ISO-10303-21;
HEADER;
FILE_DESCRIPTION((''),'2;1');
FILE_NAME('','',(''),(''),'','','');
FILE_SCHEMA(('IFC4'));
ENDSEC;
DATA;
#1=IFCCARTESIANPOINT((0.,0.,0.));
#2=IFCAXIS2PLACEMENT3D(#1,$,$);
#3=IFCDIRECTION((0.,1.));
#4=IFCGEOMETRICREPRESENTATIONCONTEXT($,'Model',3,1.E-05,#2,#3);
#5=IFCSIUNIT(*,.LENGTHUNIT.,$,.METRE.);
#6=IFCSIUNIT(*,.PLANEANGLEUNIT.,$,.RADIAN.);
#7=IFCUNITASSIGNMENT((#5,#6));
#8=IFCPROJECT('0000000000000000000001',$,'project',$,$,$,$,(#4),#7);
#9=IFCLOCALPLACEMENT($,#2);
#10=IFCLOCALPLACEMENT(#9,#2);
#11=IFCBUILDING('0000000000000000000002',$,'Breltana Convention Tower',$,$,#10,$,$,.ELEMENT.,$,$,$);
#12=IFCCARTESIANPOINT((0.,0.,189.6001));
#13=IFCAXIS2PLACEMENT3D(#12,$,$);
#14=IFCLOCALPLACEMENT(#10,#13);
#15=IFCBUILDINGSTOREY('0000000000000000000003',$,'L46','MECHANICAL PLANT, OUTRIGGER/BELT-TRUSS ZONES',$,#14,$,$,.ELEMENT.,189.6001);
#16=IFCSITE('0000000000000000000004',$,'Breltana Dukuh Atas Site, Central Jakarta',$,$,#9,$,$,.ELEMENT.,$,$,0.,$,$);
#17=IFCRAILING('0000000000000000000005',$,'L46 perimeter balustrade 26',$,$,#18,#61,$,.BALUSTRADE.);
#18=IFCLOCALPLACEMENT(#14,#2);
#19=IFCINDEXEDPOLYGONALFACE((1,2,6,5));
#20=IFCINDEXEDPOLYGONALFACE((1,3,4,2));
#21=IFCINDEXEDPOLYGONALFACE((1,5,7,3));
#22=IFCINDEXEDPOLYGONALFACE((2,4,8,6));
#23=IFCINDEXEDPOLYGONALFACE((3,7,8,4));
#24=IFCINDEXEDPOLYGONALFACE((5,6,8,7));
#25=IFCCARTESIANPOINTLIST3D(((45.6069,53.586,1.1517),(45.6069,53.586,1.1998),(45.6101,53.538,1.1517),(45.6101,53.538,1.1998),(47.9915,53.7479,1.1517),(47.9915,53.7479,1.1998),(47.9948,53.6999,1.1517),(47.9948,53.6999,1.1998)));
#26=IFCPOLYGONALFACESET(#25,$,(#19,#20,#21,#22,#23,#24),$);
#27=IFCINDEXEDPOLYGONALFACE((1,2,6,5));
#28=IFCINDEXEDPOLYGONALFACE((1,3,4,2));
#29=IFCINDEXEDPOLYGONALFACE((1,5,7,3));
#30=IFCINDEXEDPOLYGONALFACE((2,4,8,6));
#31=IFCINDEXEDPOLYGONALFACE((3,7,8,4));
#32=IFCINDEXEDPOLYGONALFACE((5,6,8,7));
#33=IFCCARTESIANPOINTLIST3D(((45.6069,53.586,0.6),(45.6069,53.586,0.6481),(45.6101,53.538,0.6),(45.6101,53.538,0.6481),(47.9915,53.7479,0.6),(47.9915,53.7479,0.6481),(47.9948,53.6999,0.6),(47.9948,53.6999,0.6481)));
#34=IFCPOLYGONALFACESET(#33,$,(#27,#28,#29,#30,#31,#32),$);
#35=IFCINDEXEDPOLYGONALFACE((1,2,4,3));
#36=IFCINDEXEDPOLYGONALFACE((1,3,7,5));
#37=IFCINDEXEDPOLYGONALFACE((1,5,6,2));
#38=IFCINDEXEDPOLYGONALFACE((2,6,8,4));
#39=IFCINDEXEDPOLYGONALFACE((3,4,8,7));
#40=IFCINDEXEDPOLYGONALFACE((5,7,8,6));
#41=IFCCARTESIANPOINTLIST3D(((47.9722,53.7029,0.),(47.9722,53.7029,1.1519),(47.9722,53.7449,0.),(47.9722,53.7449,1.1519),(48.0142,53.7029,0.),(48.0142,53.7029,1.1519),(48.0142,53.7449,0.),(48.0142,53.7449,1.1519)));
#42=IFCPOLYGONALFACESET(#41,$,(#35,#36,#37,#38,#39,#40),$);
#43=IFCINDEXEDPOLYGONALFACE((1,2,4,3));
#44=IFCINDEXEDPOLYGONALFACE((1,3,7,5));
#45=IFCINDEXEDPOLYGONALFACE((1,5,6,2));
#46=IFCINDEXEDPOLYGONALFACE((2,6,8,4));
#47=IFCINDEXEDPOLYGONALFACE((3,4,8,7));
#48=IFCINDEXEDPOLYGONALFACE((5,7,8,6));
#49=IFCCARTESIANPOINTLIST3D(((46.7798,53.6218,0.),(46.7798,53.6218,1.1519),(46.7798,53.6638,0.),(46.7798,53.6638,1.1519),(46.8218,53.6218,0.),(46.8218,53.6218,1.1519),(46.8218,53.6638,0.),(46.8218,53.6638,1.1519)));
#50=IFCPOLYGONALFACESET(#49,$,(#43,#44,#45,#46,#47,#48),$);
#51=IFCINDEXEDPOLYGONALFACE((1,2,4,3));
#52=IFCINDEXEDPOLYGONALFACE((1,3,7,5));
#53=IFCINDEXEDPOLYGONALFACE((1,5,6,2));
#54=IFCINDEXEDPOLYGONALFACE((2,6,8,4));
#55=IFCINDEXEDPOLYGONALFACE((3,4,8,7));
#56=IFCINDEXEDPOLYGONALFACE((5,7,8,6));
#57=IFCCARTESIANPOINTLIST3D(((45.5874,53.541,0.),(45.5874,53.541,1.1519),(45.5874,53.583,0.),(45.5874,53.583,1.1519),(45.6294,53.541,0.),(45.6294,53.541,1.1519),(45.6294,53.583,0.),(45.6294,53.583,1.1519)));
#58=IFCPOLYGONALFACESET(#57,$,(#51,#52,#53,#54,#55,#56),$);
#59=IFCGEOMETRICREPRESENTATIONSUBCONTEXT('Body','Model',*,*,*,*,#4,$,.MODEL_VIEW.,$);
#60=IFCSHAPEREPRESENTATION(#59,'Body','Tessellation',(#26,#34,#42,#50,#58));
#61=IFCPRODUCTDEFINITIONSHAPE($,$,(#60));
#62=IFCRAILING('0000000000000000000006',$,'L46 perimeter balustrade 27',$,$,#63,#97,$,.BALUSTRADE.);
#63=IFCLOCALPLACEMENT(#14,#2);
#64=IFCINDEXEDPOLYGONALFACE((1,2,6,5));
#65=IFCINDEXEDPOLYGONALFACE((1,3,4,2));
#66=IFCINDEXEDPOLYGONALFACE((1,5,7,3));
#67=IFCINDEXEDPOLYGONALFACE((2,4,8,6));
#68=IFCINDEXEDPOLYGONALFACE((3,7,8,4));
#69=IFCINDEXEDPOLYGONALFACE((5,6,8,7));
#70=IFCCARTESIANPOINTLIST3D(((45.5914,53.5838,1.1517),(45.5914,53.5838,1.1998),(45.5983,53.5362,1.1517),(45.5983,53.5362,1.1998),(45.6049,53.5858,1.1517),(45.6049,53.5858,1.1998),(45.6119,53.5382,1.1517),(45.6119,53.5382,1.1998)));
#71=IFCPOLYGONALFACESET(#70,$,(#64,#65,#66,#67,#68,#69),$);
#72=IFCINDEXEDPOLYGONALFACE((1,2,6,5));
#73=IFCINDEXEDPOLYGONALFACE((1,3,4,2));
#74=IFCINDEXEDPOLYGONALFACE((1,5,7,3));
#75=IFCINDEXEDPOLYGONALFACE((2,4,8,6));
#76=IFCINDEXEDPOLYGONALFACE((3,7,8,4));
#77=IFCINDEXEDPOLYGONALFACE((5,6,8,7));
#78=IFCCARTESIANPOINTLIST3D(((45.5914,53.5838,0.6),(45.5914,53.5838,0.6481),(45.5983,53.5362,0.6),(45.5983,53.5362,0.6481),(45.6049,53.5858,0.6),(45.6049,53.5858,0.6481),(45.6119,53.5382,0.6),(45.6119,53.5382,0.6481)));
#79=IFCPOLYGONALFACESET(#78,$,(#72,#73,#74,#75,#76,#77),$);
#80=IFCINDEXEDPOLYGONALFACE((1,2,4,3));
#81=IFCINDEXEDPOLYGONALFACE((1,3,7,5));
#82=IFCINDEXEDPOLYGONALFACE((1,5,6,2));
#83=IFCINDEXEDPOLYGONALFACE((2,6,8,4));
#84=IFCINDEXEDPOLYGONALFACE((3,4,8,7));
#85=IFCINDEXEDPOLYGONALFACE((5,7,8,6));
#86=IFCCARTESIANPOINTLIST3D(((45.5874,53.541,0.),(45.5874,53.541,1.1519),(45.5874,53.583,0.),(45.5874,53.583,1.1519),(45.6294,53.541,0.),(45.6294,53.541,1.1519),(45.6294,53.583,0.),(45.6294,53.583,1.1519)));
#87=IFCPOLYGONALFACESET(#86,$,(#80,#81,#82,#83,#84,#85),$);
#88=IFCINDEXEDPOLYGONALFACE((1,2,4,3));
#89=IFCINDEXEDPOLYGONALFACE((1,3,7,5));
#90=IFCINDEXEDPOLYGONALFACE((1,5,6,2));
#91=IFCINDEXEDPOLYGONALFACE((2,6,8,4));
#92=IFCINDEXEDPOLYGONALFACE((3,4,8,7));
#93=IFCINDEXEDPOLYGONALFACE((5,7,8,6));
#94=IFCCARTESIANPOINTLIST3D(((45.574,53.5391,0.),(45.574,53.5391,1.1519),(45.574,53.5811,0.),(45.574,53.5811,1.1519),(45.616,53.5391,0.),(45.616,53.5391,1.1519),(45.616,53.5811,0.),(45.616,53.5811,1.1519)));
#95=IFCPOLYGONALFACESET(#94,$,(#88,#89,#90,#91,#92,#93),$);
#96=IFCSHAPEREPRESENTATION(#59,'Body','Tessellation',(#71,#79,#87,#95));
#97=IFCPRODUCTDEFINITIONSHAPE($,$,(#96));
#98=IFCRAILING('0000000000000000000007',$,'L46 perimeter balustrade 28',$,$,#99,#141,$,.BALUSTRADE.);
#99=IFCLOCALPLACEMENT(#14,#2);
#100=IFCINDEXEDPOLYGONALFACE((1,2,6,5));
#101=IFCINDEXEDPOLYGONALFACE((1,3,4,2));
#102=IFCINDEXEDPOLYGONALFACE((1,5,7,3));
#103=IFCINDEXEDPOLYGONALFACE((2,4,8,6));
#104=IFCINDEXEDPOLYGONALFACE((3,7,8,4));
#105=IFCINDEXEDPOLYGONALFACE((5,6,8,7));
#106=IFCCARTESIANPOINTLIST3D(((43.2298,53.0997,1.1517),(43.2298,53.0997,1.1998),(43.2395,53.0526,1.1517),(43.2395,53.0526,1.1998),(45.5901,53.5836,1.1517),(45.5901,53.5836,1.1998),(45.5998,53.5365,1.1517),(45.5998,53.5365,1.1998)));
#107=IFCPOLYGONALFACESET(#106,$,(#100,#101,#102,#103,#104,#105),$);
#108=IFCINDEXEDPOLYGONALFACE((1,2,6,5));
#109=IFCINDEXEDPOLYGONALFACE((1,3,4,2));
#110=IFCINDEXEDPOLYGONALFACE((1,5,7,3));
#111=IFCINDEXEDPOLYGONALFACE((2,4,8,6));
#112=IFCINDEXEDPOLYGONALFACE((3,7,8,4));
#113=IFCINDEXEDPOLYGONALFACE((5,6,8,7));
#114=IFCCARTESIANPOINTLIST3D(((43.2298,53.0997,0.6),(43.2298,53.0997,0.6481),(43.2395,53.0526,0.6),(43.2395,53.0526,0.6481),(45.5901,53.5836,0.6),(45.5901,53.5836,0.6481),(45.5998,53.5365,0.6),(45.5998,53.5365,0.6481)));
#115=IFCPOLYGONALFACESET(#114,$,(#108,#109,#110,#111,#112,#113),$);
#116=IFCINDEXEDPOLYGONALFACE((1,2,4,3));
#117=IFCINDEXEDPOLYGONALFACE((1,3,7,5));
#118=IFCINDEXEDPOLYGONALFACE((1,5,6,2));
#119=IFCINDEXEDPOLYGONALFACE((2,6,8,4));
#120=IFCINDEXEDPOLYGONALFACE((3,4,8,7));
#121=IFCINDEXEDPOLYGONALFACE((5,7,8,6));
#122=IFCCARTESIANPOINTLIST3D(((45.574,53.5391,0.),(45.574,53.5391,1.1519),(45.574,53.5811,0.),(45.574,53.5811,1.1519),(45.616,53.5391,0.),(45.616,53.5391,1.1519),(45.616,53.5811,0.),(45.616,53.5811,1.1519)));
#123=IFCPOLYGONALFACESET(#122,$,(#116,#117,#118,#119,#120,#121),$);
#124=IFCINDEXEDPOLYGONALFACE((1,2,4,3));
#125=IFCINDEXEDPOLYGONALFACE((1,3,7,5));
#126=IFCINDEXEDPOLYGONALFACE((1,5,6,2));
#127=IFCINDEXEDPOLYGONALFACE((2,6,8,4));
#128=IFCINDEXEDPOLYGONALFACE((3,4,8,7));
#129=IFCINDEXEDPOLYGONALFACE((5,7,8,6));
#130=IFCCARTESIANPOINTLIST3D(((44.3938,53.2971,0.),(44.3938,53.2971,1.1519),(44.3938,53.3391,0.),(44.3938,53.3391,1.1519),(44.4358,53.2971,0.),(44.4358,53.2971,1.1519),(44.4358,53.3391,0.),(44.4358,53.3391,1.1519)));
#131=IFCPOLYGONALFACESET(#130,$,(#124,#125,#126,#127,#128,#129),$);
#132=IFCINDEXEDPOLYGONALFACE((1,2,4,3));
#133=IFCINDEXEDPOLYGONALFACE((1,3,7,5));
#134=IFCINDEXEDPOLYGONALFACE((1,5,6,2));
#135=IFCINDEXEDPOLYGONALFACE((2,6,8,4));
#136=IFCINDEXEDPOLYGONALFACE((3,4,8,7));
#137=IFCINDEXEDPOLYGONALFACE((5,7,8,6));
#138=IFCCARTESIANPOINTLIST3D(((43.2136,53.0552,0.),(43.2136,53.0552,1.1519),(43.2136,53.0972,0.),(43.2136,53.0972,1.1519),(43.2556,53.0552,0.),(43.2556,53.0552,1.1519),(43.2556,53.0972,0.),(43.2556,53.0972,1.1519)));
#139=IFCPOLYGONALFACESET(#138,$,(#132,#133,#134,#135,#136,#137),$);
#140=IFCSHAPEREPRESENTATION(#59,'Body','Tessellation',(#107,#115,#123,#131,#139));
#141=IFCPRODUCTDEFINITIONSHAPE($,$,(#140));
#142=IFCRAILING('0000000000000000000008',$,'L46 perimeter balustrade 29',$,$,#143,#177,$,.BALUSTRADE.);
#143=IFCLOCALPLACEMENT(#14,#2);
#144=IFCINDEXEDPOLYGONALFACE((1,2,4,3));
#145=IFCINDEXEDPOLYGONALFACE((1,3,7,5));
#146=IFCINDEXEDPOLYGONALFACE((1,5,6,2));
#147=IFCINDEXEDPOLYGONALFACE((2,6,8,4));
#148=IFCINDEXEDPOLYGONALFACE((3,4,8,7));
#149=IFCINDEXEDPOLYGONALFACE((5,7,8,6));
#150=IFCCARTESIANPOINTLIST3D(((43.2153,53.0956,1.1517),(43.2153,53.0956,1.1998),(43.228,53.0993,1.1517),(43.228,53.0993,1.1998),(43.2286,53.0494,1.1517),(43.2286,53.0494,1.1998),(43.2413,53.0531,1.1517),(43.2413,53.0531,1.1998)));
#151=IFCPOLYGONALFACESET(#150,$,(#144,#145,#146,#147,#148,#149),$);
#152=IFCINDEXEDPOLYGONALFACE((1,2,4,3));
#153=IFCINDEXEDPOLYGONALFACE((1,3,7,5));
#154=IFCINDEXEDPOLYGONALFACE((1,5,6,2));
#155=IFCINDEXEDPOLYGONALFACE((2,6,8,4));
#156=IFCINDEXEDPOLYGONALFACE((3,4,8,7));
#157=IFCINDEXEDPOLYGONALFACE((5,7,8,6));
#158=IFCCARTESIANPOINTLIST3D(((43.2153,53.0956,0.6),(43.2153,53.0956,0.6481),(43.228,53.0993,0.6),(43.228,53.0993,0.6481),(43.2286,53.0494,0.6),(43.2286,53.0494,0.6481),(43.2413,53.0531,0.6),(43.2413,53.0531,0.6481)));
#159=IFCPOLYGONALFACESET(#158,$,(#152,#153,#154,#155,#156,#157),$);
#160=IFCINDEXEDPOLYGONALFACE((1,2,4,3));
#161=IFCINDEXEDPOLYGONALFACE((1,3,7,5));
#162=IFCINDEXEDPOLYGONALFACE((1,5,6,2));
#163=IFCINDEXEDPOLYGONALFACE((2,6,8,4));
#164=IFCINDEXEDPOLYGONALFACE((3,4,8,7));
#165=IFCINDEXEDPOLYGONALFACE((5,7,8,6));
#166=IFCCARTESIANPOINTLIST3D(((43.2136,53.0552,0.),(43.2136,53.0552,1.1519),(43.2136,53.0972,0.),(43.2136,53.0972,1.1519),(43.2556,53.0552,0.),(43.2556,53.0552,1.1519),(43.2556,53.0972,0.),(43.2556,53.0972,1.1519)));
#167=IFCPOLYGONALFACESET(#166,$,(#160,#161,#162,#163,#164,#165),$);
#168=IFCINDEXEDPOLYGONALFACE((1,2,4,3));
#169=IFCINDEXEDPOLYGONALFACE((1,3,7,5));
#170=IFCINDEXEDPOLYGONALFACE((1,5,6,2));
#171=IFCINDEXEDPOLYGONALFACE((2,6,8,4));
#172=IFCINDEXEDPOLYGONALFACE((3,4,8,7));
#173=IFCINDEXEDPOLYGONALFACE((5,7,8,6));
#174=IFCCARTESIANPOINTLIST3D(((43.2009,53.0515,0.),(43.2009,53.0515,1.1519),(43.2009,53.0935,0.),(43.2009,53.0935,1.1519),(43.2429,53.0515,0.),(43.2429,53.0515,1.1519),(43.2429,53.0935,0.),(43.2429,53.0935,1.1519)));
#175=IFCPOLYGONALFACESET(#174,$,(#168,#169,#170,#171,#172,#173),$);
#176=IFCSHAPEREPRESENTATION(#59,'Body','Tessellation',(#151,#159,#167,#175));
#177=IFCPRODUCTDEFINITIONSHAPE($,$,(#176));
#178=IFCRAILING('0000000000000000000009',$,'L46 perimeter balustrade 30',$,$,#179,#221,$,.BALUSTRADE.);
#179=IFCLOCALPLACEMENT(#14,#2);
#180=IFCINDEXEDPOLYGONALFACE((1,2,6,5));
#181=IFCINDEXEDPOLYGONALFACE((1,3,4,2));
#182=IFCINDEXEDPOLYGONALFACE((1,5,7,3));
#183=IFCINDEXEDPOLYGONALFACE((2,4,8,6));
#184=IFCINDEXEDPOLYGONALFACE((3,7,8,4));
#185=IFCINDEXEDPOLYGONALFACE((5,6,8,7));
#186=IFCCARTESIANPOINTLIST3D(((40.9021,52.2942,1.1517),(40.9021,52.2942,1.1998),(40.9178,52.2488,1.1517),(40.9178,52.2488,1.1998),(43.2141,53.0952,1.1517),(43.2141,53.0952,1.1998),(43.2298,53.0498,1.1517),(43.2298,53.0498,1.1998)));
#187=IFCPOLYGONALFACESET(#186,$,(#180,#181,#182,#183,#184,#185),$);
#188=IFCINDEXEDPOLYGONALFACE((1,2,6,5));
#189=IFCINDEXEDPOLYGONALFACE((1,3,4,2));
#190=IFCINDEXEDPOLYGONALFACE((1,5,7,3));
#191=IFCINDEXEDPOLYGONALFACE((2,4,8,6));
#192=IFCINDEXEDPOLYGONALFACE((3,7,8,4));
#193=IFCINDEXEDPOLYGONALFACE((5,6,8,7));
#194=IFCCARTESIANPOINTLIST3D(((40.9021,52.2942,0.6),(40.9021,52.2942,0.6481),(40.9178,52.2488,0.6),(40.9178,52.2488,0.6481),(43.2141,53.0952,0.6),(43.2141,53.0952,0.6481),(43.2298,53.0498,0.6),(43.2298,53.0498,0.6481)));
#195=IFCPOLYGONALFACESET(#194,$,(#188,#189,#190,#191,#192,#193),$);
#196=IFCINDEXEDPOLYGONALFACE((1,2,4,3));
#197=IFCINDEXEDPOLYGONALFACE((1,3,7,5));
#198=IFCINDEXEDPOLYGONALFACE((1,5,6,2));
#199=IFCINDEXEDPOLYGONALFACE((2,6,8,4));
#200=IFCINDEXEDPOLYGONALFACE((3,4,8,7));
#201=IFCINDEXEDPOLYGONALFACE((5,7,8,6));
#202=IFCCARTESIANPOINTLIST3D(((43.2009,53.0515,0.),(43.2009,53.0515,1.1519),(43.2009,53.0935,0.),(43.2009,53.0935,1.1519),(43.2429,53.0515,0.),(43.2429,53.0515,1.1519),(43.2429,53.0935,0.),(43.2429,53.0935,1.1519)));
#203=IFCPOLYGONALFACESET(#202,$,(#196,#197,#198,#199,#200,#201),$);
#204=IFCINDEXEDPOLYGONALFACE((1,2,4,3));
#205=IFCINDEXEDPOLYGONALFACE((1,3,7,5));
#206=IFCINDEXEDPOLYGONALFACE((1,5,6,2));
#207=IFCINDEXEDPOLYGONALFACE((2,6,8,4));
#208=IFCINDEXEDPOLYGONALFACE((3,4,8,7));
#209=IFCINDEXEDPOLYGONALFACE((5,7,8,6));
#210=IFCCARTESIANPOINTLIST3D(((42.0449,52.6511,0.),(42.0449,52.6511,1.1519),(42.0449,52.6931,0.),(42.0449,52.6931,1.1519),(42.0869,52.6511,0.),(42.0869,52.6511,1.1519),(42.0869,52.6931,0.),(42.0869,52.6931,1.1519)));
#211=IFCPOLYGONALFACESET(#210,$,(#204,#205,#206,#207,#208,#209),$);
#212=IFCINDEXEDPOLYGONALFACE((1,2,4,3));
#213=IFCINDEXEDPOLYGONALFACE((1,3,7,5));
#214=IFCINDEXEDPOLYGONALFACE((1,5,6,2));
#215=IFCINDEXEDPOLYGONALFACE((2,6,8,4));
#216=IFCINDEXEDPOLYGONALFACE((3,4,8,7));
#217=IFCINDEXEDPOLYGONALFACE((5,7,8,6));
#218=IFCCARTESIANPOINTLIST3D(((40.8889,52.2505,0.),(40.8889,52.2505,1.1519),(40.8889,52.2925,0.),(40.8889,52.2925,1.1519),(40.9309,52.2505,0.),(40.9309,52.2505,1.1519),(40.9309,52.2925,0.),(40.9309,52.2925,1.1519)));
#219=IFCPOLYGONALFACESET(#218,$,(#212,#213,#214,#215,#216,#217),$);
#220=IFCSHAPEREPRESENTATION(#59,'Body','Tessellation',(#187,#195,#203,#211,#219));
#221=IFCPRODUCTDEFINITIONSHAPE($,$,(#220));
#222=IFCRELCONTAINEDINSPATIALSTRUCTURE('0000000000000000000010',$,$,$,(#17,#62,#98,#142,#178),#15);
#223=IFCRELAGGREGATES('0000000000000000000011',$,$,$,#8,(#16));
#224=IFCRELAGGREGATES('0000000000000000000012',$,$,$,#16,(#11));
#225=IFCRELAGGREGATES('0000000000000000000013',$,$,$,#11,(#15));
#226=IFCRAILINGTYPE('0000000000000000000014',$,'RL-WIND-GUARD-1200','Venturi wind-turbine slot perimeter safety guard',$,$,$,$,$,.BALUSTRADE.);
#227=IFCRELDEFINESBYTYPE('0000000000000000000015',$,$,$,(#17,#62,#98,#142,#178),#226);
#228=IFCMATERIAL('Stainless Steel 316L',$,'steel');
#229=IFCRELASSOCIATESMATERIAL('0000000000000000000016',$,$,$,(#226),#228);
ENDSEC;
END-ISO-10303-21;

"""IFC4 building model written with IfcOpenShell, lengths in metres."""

from ifc_helpers import new_model, si_unit, direction, frame, origin, origin_2d, place, context, subcontext, project, spatial, rectangle, extrude, material, type_object, element, save


model = new_model("IFC4")

# Units and contexts
model_context = context("Model", 3, precision=1e-05, world=origin(), true_north=direction((0.0, 1.0)))
body_context = subcontext(model_context, "Body", "Model", "MODEL_VIEW")
ifc_project = project(units=[si_unit("LENGTHUNIT", "METRE"), si_unit("PLANEANGLEUNIT", "RADIAN")], contexts=[model_context])

# Site, building, storey
site_placement = place(None, origin())
site = spatial("IfcSite", under=ifc_project, at=site_placement, Name="Breltana Dukuh Atas Site, Central Jakarta", CompositionType="ELEMENT", RefElevation=0.0)
building_placement = place(site_placement, origin())
building = spatial("IfcBuilding", under=site, at=building_placement, Name="Breltana Convention Tower", CompositionType="ELEMENT")
storey_placement = place(building_placement, frame((0.0, 0.0, 189.6001)))
storey = spatial("IfcBuildingStorey", under=building, at=storey_placement, Name="L46", Description="MECHANICAL PLANT, OUTRIGGER/BELT-TRUSS ZONES", CompositionType="ELEMENT", Elevation=189.6001)

# Railings
ifc_material_1 = material(Name="Stainless Steel 316L", Category="steel")
railing_type = type_object("IfcRailingType", Name="RL-WIND-GUARD-1200", Description="Venturi wind-turbine slot perimeter safety guard", PredefinedType="BALUSTRADE", material=ifc_material_1)
railing_1_placement = place(storey_placement, frame((47.9932, 53.7239, 0.0)))
element("IfcRailing", 1, at=railing_1_placement, inside=storey, type_object=railing_type, Name="L46 perimeter balustrade 26", PredefinedType="BALUSTRADE", context=body_context, shape_type="SweptSolid", body=[
    extrude(rectangle(XDim=0.0481, YDim=0.0481, at=origin_2d()), frame((0.0, 0.0, 1.1758), z_axis=(-0.997704, -0.067719, 0.0), x_axis=(0.067719, -0.997704, 0.0)), (0.0, 0.0, 1.0), 2.3901),
    extrude(rectangle(XDim=0.0481, YDim=0.0481, at=origin_2d()), frame((0.0, 0.0, 0.624), z_axis=(-0.997704, -0.067719, 0.0), x_axis=(0.067719, -0.997704, 0.0)), (0.0, 0.0, 1.0), 2.3901),
    extrude(rectangle(XDim=0.042, YDim=0.042, at=origin_2d()), origin(), (0.0, 0.0, 1.0), 1.1519),
    extrude(rectangle(XDim=0.042, YDim=0.042, at=origin_2d()), frame((-1.1924, -0.0811, 0.0)), (0.0, 0.0, 1.0), 1.1519),
    extrude(rectangle(XDim=0.042, YDim=0.042, at=origin_2d()), frame((-2.3848, -0.1619, 0.0)), (0.0, 0.0, 1.0), 1.1519),
])
railing_2_placement = place(storey_placement, frame((45.6084, 53.562, 0.0)))
element("IfcRailing", 2, at=railing_2_placement, inside=storey, type_object=railing_type, Name="L46 perimeter balustrade 27", PredefinedType="BALUSTRADE", context=body_context, shape_type="SweptSolid", body=[
    extrude(rectangle(XDim=0.0481, YDim=0.0481, at=origin_2d()), frame((0.0, 0.0, 1.1758), z_axis=(-0.989586, -0.14394, 0.0), x_axis=(0.14394, -0.989586, 0.0)), (0.0, 0.0, 1.0), 0.0137),
    extrude(rectangle(XDim=0.0481, YDim=0.0481, at=origin_2d()), frame((0.0, 0.0, 0.624), z_axis=(-0.989586, -0.14394, 0.0), x_axis=(0.14394, -0.989586, 0.0)), (0.0, 0.0, 1.0), 0.0137),
    extrude(rectangle(XDim=0.042, YDim=0.042, at=origin_2d()), origin(), (0.0, 0.0, 1.0), 1.1519),
    extrude(rectangle(XDim=0.042, YDim=0.042, at=origin_2d()), frame((-0.0134, -0.002, 0.0)), (0.0, 0.0, 1.0), 1.1519),
])
railing_3_placement = place(storey_placement, frame((45.595, 53.5601, 0.0)))
element("IfcRailing", 3, at=railing_3_placement, inside=storey, type_object=railing_type, Name="L46 perimeter balustrade 28", PredefinedType="BALUSTRADE", context=body_context, shape_type="SweptSolid", body=[
    extrude(rectangle(XDim=0.0481, YDim=0.0481, at=origin_2d()), frame((0.0, 0.0, 1.1758), z_axis=(-0.979626, -0.200829, 0.0), x_axis=(0.200829, -0.979626, 0.0)), (0.0, 0.0, 1.0), 2.4094),
    extrude(rectangle(XDim=0.0481, YDim=0.0481, at=origin_2d()), frame((0.0, 0.0, 0.624), z_axis=(-0.979626, -0.200829, 0.0), x_axis=(0.200829, -0.979626, 0.0)), (0.0, 0.0, 1.0), 2.4094),
    extrude(rectangle(XDim=0.042, YDim=0.042, at=origin_2d()), origin(), (0.0, 0.0, 1.0), 1.1519),
    extrude(rectangle(XDim=0.042, YDim=0.042, at=origin_2d()), frame((-1.1802, -0.2419, 0.0)), (0.0, 0.0, 1.0), 1.1519),
    extrude(rectangle(XDim=0.042, YDim=0.042, at=origin_2d()), frame((-2.3604, -0.4839, 0.0)), (0.0, 0.0, 1.0), 1.1519),
])
railing_4_placement = place(storey_placement, frame((43.2346, 53.0762, 0.0)))
element("IfcRailing", 4, at=railing_4_placement, inside=storey, type_object=railing_type, Name="L46 perimeter balustrade 29", PredefinedType="BALUSTRADE", context=body_context, shape_type="SweptSolid", body=[
    extrude(rectangle(XDim=0.0481, YDim=0.0481, at=origin_2d()), frame((0.0, 0.0, 1.1758), z_axis=(-0.960824, -0.277161, 0.0), x_axis=(0.277161, -0.960824, 0.0)), (0.0, 0.0, 1.0), 0.0132),
    extrude(rectangle(XDim=0.0481, YDim=0.0481, at=origin_2d()), frame((0.0, 0.0, 0.624), z_axis=(-0.960824, -0.277161, 0.0), x_axis=(0.277161, -0.960824, 0.0)), (0.0, 0.0, 1.0), 0.0132),
    extrude(rectangle(XDim=0.042, YDim=0.042, at=origin_2d()), origin(), (0.0, 0.0, 1.0), 1.1519),
    extrude(rectangle(XDim=0.042, YDim=0.042, at=origin_2d()), frame((-0.0127, -0.0037, 0.0)), (0.0, 0.0, 1.0), 1.1519),
])
railing_5_placement = place(storey_placement, frame((43.2219, 53.0725, 0.0)))
element("IfcRailing", 5, at=railing_5_placement, inside=storey, type_object=railing_type, Name="L46 perimeter balustrade 30", PredefinedType="BALUSTRADE", context=body_context, shape_type="SweptSolid", body=[
    extrude(rectangle(XDim=0.0481, YDim=0.0481, at=origin_2d()), frame((0.0, 0.0, 1.1758), z_axis=(-0.944896, -0.327371, 0.0), x_axis=(0.327371, -0.944896, 0.0)), (0.0, 0.0, 1.0), 2.4468),
    extrude(rectangle(XDim=0.0481, YDim=0.0481, at=origin_2d()), frame((0.0, 0.0, 0.624), z_axis=(-0.944896, -0.327371, 0.0), x_axis=(0.327371, -0.944896, 0.0)), (0.0, 0.0, 1.0), 2.4468),
    extrude(rectangle(XDim=0.042, YDim=0.042, at=origin_2d()), origin(), (0.0, 0.0, 1.0), 1.1519),
    extrude(rectangle(XDim=0.042, YDim=0.042, at=origin_2d()), frame((-1.156, -0.4004, 0.0)), (0.0, 0.0, 1.0), 1.1519),
    extrude(rectangle(XDim=0.042, YDim=0.042, at=origin_2d()), frame((-2.312, -0.801, 0.0)), (0.0, 0.0, 1.0), 1.1519),
])

save(model, "model.ifc")
